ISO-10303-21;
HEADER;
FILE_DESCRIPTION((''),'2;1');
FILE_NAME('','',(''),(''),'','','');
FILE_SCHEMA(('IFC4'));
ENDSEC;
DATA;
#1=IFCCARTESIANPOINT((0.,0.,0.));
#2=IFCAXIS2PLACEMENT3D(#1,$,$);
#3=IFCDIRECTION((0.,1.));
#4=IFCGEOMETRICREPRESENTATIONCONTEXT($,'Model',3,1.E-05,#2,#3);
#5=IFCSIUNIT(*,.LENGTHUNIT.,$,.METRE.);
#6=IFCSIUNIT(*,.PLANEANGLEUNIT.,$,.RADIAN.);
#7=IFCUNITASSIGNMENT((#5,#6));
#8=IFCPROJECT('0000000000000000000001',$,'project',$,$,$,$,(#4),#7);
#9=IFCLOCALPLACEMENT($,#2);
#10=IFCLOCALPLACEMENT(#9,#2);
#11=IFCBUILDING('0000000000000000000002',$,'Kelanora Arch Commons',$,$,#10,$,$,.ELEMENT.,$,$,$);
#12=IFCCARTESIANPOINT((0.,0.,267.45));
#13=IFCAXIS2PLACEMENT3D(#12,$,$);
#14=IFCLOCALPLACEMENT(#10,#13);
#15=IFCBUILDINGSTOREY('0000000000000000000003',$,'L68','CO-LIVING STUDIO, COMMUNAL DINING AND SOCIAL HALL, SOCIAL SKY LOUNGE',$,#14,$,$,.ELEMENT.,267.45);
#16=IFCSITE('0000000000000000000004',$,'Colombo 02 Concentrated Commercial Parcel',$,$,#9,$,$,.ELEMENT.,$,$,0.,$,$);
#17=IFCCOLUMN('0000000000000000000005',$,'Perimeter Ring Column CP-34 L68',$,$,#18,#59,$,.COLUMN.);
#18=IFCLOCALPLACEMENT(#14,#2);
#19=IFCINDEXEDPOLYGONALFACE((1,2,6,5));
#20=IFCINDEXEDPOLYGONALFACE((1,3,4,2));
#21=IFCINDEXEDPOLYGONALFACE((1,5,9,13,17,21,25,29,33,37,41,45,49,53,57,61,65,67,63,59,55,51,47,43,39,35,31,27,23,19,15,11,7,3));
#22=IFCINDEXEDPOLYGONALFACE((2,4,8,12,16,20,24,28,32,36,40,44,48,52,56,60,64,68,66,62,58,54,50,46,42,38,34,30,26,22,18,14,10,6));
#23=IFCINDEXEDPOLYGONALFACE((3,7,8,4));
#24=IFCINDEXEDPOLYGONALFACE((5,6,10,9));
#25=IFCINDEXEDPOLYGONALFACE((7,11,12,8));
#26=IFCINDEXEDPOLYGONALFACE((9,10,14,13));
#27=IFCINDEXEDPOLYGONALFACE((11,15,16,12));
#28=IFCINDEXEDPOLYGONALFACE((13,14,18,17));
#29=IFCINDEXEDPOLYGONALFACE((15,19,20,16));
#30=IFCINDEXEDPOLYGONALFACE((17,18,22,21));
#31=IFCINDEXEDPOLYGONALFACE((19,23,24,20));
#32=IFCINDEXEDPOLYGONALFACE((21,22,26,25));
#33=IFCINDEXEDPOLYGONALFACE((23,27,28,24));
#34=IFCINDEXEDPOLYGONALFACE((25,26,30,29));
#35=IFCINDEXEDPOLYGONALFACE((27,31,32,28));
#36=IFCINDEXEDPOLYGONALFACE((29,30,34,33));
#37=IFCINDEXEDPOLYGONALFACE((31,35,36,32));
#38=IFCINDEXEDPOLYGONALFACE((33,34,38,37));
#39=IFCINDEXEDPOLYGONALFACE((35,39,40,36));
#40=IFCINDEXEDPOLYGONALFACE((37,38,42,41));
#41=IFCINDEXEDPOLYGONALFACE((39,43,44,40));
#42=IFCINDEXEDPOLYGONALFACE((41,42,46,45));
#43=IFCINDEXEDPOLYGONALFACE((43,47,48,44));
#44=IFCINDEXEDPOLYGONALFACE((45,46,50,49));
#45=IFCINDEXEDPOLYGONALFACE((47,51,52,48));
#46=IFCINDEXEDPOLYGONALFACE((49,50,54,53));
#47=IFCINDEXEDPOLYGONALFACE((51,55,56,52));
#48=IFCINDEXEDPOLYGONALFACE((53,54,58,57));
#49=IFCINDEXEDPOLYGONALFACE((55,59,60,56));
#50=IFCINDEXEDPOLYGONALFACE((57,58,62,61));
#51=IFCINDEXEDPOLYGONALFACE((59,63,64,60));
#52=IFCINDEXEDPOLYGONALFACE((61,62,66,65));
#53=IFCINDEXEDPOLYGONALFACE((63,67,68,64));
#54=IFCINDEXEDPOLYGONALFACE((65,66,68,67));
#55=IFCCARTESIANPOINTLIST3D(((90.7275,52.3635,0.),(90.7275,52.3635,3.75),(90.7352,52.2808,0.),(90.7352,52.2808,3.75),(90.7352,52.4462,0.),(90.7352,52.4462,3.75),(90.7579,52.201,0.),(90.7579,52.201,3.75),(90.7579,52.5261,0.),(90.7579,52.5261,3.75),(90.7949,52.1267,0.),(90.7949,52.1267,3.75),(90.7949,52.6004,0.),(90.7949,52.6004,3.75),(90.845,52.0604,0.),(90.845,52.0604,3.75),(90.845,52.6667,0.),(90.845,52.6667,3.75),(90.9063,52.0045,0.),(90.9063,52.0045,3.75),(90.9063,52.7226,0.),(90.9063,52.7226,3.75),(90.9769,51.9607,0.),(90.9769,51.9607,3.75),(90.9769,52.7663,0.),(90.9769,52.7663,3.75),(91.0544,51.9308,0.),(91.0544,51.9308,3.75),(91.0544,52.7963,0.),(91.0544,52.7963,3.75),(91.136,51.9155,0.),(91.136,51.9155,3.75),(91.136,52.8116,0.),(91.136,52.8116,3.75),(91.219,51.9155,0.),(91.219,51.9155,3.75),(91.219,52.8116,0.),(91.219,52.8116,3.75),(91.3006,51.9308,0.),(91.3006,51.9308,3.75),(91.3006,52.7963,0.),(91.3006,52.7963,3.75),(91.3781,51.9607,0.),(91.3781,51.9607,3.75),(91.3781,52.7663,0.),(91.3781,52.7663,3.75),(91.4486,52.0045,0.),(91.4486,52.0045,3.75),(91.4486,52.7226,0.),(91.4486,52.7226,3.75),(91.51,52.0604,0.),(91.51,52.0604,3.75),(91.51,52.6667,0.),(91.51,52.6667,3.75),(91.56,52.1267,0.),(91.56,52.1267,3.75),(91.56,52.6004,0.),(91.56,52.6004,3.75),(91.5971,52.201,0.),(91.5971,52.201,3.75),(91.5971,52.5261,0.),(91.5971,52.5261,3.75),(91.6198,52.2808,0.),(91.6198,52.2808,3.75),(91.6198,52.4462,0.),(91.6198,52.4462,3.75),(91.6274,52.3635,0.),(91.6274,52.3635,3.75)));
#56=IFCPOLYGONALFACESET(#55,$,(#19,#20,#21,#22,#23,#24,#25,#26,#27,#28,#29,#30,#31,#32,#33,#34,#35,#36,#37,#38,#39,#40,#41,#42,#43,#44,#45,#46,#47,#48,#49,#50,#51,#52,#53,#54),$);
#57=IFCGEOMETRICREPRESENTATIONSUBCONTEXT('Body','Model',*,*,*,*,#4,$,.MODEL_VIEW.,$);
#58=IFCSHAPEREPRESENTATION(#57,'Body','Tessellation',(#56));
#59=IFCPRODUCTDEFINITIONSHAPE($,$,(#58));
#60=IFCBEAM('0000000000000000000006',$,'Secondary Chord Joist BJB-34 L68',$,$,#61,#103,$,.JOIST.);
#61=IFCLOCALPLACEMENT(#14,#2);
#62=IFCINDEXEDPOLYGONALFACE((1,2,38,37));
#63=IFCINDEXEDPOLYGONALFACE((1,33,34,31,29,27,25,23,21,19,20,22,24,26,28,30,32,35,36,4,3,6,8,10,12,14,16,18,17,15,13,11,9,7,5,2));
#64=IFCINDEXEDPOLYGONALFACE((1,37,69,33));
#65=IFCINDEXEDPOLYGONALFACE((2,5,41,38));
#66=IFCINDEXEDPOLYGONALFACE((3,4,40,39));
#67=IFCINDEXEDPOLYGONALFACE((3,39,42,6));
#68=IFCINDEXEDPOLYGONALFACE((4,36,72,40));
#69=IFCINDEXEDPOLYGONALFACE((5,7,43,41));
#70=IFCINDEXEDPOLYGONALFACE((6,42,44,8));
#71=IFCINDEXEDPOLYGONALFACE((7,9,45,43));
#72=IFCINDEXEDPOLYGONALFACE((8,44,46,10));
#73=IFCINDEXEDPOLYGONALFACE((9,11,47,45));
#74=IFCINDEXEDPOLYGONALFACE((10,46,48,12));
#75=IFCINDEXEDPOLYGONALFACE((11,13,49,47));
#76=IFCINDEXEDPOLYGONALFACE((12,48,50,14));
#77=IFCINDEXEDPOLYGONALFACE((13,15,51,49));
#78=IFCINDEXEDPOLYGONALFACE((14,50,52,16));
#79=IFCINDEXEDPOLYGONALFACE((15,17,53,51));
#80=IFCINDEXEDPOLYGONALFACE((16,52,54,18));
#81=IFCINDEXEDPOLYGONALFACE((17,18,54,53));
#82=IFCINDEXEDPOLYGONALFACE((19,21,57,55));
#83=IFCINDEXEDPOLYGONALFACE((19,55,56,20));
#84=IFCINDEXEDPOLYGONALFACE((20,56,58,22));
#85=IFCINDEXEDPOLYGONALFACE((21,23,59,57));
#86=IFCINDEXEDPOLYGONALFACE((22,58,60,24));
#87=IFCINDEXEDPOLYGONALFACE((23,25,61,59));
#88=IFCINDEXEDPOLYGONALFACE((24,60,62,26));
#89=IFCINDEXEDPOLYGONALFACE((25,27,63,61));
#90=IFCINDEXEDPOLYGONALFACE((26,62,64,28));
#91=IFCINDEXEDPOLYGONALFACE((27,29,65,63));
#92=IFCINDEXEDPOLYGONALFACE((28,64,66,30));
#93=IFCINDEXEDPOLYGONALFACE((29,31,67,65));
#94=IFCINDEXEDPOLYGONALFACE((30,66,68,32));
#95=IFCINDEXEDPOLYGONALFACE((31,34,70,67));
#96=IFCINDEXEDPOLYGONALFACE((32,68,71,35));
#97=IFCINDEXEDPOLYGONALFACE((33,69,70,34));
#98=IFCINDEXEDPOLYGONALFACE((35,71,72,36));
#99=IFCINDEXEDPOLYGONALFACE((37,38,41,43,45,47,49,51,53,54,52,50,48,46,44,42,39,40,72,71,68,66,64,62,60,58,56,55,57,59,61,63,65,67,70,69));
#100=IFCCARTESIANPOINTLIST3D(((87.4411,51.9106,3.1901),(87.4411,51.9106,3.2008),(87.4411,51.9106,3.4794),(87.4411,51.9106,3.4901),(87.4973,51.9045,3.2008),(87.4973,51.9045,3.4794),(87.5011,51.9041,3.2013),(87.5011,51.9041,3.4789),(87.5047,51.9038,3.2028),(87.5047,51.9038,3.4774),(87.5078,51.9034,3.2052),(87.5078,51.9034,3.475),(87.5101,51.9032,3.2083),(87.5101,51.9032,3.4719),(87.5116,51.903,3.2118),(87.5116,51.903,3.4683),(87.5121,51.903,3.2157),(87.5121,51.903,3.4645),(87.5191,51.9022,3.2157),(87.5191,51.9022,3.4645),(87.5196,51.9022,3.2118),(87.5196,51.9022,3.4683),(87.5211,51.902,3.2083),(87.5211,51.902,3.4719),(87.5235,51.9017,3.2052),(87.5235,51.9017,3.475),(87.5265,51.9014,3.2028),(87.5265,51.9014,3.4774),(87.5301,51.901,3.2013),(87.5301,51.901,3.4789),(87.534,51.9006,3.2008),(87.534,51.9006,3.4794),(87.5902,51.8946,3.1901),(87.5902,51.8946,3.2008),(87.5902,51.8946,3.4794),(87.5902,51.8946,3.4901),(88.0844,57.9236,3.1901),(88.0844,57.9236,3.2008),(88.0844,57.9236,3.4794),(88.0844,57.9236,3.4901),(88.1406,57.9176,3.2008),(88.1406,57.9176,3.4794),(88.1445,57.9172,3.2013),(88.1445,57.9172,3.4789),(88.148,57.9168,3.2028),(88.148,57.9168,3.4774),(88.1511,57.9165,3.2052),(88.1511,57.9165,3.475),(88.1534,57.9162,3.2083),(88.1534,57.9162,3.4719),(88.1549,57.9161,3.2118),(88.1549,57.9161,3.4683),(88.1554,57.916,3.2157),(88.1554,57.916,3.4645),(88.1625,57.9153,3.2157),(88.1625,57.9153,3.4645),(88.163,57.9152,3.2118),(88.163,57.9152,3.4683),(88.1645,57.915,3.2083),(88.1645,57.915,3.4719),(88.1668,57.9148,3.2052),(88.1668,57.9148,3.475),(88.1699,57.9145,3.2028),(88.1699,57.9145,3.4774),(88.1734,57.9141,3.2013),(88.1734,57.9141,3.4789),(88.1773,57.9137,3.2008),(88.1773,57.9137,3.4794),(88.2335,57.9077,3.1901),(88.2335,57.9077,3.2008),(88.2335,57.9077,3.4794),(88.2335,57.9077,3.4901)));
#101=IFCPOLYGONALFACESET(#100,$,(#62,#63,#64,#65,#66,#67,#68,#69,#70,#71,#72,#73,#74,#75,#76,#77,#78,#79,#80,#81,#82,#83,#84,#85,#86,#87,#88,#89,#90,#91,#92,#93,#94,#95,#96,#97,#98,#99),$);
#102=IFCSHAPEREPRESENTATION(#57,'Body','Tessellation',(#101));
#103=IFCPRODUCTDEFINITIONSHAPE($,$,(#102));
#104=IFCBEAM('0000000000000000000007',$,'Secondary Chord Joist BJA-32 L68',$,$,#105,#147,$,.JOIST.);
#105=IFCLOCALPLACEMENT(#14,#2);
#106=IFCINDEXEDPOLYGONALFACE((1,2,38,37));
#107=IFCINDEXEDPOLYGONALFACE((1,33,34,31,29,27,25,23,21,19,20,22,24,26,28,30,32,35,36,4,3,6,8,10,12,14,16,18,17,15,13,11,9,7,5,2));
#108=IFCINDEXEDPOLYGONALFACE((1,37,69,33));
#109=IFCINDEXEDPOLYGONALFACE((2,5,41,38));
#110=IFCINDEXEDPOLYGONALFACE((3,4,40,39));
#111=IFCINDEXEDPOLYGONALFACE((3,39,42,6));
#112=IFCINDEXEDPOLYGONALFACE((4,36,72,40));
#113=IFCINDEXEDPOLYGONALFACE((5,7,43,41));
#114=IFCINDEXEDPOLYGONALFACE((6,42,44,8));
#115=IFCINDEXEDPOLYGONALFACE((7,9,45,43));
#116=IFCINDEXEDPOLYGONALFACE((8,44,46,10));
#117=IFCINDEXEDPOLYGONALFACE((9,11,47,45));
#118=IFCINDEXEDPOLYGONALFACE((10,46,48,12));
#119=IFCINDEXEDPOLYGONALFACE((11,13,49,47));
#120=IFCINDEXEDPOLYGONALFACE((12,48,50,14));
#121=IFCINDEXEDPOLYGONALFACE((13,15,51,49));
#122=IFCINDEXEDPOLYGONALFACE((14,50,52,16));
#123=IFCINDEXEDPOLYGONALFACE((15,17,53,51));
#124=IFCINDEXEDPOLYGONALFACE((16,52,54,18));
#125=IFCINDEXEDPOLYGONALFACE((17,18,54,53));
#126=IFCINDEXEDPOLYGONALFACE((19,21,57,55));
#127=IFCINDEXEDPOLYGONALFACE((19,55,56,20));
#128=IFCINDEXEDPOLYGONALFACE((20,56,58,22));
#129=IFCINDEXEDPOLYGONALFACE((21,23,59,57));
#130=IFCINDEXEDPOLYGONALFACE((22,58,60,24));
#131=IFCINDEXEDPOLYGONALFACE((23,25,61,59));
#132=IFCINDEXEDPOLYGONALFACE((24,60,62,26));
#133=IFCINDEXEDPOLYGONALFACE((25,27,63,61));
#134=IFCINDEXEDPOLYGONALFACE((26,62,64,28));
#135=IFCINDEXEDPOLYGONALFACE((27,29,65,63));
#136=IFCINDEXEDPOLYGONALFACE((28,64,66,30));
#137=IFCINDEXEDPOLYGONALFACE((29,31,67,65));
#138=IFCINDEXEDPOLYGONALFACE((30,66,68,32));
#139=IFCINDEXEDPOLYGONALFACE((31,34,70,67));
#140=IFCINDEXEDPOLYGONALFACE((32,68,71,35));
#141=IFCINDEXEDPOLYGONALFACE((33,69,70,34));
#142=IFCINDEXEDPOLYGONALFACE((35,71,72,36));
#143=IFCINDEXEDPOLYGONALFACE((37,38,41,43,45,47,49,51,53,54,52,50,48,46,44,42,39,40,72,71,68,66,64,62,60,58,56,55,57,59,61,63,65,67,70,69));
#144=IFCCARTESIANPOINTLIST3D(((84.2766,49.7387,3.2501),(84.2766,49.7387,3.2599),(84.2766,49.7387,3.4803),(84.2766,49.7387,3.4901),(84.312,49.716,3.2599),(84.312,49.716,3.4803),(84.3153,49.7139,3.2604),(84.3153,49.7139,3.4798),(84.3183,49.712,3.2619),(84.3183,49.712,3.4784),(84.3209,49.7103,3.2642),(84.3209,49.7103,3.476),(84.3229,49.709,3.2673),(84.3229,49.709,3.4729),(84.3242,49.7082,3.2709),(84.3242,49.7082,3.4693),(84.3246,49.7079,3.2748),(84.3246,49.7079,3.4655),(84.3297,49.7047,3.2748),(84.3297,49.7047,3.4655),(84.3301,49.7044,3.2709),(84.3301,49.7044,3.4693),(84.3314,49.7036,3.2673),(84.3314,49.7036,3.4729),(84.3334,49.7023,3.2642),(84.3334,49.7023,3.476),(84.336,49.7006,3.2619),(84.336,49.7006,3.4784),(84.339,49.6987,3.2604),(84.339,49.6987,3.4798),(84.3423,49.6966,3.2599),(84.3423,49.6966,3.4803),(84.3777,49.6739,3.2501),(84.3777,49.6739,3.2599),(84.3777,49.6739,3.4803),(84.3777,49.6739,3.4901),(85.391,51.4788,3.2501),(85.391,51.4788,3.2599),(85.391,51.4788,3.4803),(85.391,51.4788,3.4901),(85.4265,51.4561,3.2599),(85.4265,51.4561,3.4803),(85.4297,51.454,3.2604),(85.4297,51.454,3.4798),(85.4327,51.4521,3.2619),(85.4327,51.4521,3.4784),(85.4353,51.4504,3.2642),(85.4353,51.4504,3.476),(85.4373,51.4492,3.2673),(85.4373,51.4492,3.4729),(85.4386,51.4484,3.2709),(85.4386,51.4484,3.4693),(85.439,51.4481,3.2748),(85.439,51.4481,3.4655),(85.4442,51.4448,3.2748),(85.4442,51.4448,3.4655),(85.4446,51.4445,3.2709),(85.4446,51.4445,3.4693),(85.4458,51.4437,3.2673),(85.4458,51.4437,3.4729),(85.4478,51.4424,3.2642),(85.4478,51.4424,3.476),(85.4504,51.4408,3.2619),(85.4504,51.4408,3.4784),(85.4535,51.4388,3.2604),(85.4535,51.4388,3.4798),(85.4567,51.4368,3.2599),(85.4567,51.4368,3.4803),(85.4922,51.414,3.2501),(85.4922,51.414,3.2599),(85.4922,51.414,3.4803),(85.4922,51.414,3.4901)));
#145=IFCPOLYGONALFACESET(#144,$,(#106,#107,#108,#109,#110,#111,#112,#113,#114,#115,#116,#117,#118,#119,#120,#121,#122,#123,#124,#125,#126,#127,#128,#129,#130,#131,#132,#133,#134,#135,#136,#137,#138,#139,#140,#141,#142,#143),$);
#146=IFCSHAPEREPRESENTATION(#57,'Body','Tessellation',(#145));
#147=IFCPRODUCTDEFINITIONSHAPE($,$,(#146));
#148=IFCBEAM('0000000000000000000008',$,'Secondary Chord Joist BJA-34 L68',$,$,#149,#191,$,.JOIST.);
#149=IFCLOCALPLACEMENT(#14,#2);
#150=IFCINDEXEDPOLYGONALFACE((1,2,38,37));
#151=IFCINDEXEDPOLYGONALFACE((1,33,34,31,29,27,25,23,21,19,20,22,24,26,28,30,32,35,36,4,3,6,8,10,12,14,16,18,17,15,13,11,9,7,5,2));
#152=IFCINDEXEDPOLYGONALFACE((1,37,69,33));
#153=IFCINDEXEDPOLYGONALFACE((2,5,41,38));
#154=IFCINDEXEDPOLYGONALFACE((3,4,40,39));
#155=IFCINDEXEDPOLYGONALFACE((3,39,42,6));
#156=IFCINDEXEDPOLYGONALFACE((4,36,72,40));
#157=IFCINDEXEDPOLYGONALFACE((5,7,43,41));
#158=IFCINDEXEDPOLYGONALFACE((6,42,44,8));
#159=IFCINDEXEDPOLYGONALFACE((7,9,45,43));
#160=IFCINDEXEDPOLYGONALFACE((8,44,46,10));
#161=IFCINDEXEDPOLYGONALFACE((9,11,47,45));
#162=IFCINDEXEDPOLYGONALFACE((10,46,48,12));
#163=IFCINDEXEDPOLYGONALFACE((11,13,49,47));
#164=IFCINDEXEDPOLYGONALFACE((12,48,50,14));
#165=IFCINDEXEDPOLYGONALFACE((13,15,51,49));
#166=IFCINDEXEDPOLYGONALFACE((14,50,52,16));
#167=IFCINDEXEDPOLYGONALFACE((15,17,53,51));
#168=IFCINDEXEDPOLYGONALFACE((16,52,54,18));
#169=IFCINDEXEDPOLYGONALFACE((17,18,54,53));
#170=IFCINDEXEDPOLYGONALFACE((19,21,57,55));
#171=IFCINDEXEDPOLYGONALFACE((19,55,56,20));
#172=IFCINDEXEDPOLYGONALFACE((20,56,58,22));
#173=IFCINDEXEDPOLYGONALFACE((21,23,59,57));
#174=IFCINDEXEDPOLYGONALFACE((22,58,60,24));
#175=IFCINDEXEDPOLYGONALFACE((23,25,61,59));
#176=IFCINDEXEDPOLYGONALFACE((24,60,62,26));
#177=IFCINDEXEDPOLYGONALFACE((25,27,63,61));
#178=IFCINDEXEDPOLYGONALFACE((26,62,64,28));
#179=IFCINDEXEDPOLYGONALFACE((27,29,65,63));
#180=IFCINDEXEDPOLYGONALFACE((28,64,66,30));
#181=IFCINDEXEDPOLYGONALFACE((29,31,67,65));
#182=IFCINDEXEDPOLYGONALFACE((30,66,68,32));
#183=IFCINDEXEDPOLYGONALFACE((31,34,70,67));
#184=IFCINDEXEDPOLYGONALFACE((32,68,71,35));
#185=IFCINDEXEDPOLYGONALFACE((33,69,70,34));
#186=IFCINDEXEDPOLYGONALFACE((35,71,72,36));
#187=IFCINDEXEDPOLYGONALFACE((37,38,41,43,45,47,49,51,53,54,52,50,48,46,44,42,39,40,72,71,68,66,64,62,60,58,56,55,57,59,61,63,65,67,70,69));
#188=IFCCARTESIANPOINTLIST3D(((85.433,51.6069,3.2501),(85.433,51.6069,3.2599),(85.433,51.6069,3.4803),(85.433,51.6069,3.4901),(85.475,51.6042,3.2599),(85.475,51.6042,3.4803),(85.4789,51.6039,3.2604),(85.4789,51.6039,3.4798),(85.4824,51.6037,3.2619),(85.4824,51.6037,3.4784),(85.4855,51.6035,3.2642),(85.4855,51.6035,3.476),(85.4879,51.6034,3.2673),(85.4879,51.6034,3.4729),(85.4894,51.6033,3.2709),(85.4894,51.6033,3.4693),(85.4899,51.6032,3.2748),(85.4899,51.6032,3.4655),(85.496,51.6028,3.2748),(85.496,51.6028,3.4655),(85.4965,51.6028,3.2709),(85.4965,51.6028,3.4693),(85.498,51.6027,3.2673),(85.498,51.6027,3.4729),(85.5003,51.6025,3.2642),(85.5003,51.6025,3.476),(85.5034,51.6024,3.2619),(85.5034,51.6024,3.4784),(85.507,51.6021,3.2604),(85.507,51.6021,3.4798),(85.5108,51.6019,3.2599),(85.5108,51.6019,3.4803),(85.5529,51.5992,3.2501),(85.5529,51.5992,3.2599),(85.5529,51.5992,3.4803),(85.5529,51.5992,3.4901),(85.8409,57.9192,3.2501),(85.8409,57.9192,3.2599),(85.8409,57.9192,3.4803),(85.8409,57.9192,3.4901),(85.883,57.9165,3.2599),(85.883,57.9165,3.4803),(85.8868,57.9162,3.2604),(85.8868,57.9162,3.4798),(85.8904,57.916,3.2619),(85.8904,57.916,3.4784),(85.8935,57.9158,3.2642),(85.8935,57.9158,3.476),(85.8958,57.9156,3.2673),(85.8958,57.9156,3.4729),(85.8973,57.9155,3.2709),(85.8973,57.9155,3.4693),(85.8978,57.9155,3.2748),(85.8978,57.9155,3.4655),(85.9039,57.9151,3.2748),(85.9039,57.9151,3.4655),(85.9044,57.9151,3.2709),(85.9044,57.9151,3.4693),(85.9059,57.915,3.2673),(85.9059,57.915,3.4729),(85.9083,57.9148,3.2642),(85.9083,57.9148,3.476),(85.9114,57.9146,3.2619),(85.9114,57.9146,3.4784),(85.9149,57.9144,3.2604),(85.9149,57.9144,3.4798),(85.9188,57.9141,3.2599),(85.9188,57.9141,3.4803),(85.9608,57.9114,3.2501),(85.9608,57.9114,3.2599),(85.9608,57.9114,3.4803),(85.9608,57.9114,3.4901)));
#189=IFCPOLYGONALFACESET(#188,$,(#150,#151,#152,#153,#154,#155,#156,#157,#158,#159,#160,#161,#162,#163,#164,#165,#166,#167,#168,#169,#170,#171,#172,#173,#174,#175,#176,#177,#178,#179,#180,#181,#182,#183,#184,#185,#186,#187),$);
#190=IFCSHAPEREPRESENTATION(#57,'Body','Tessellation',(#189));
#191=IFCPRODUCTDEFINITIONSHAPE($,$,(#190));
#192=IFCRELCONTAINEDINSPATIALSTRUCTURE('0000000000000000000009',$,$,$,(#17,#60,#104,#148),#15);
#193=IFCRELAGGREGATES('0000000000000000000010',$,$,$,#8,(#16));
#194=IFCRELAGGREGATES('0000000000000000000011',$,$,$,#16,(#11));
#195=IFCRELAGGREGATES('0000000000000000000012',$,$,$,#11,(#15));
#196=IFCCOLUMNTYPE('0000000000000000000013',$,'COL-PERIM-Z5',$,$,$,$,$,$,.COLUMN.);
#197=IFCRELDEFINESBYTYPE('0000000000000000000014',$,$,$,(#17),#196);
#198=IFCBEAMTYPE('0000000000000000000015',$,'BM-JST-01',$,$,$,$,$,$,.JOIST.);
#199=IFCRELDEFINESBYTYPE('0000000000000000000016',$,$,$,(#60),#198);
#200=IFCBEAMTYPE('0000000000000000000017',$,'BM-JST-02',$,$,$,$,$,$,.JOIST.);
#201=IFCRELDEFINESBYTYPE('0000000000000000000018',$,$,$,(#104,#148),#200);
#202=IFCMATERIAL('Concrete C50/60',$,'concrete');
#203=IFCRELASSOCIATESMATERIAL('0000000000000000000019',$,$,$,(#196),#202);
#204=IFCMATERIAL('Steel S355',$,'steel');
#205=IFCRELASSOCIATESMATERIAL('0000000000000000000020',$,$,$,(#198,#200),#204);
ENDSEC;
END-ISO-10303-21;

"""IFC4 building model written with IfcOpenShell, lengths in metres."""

from ifc_helpers import new_model, si_unit, direction, frame, origin, origin_2d, place, context, subcontext, project, spatial, circle, i_section, extrude, material, material_profile, profile_set, type_object, element, save


model = new_model("IFC4")

# Units and contexts
model_context = context("Model", 3, precision=1e-05, world=origin(), true_north=direction((0.0, 1.0)))
body_context = subcontext(model_context, "Body", "Model", "MODEL_VIEW")
ifc_project = project(units=[si_unit("LENGTHUNIT", "METRE"), si_unit("PLANEANGLEUNIT", "RADIAN")], contexts=[model_context])

# Site, building, storey
site_placement = place(None, origin())
site = spatial("IfcSite", under=ifc_project, at=site_placement, Name="Colombo 02 Concentrated Commercial Parcel", CompositionType="ELEMENT", RefElevation=0.0)
building_placement = place(site_placement, origin())
building = spatial("IfcBuilding", under=site, at=building_placement, Name="Kelanora Arch Commons", CompositionType="ELEMENT")
storey_placement = place(building_placement, frame((0.0, 0.0, 267.45)))
storey = spatial("IfcBuildingStorey", under=building, at=storey_placement, Name="L68", Description="CO-LIVING STUDIO, COMMUNAL DINING AND SOCIAL HALL, SOCIAL SKY LOUNGE", CompositionType="ELEMENT", Elevation=267.45)

# Column
ifc_material_1 = material(Name="Concrete C50/60", Category="concrete")
ifc_material_profile_1 = material_profile(ifc_material_1, circle(Radius=0.45, at=origin_2d()), Name="RCC900")
ifc_profile_set_1 = profile_set([ifc_material_profile_1], Name="Concrete C50/60")
column_type = type_object("IfcColumnType", Name="COL-PERIM-Z5", PredefinedType="COLUMN", material=ifc_profile_set_1)
column_placement = place(storey_placement, frame((91.1775, 52.3635, 0.0), z_axis=(0.0, 0.0, 1.0), x_axis=(1.0, 0.0, 0.0)))
element("IfcColumn", 1, at=column_placement, inside=storey, type_object=column_type, Name="Perimeter Ring Column CP-34 L68", PredefinedType="COLUMN", context=body_context, shape_type="SweptSolid", body=[
    extrude(circle(Radius=0.45, at=origin_2d()), origin(), (0.0, 0.0, 1.0), 3.75),
])

# Beams
ifc_material_2 = material(Name="Steel S355", Category="steel")
ifc_material_profile_2 = material_profile(ifc_material_2, i_section(OverallWidth=0.1499, OverallDepth=0.3, WebThickness=0.0071, FlangeThickness=0.0107, FilletRadius=0.0149, at=origin_2d()), Name="IPE300")
ifc_profile_set_2 = profile_set([ifc_material_profile_2], Name="Steel S355")
beam_type_1 = type_object("IfcBeamType", Name="BM-JST-01", PredefinedType="JOIST", material=ifc_profile_set_2)
beam_1_placement = place(storey_placement, frame((87.5156, 51.9026, 3.3401), z_axis=(0.106381, 0.994325, 0.0), x_axis=(-0.994325, 0.106381, 0.0)))
element("IfcBeam", 2, at=beam_1_placement, inside=storey, type_object=beam_type_1, Name="Secondary Chord Joist BJB-34 L68", PredefinedType="JOIST", context=body_context, shape_type="SweptSolid", body=[
    extrude(i_section(OverallWidth=0.1499, OverallDepth=0.3, WebThickness=0.0071, FlangeThickness=0.0107, FilletRadius=0.0149, at=origin_2d()), origin(), (0.0, 0.0, 1.0), 6.0474),
])
ifc_material_profile_3 = material_profile(ifc_material_2, i_section(OverallWidth=0.1201, OverallDepth=0.24, WebThickness=0.0061, FlangeThickness=0.0098, FilletRadius=0.0149, at=origin_2d()), Name="IPE240")
ifc_profile_set_3 = profile_set([ifc_material_profile_3], Name="Steel S355")
beam_type_2 = type_object("IfcBeamType", Name="BM-JST-02", PredefinedType="JOIST", material=ifc_profile_set_3)
beam_2_placement = place(storey_placement, frame((84.3271, 49.7063, 3.3701), z_axis=(0.539312, 0.842106, 0.0), x_axis=(-0.842106, 0.539312, 0.0)))
element("IfcBeam", 3, at=beam_2_placement, inside=storey, type_object=beam_type_2, Name="Secondary Chord Joist BJA-32 L68", PredefinedType="JOIST", context=body_context, shape_type="SweptSolid", body=[
    extrude(i_section(OverallWidth=0.1201, OverallDepth=0.24, WebThickness=0.0061, FlangeThickness=0.0098, FilletRadius=0.0149, at=origin_2d()), origin(), (0.0, 0.0, 1.0), 2.0664),
])
beam_3_placement = place(storey_placement, frame((85.4929, 51.603, 3.3701), z_axis=(0.064495, 0.997918, 0.0), x_axis=(-0.997918, 0.064495, 0.0)))
element("IfcBeam", 4, at=beam_3_placement, inside=storey, type_object=beam_type_2, Name="Secondary Chord Joist BJA-34 L68", PredefinedType="JOIST", context=body_context, shape_type="SweptSolid", body=[
    extrude(i_section(OverallWidth=0.1201, OverallDepth=0.24, WebThickness=0.0061, FlangeThickness=0.0098, FilletRadius=0.0149, at=origin_2d()), origin(), (0.0, 0.0, 1.0), 6.3254),
])

save(model, "model.ifc")
